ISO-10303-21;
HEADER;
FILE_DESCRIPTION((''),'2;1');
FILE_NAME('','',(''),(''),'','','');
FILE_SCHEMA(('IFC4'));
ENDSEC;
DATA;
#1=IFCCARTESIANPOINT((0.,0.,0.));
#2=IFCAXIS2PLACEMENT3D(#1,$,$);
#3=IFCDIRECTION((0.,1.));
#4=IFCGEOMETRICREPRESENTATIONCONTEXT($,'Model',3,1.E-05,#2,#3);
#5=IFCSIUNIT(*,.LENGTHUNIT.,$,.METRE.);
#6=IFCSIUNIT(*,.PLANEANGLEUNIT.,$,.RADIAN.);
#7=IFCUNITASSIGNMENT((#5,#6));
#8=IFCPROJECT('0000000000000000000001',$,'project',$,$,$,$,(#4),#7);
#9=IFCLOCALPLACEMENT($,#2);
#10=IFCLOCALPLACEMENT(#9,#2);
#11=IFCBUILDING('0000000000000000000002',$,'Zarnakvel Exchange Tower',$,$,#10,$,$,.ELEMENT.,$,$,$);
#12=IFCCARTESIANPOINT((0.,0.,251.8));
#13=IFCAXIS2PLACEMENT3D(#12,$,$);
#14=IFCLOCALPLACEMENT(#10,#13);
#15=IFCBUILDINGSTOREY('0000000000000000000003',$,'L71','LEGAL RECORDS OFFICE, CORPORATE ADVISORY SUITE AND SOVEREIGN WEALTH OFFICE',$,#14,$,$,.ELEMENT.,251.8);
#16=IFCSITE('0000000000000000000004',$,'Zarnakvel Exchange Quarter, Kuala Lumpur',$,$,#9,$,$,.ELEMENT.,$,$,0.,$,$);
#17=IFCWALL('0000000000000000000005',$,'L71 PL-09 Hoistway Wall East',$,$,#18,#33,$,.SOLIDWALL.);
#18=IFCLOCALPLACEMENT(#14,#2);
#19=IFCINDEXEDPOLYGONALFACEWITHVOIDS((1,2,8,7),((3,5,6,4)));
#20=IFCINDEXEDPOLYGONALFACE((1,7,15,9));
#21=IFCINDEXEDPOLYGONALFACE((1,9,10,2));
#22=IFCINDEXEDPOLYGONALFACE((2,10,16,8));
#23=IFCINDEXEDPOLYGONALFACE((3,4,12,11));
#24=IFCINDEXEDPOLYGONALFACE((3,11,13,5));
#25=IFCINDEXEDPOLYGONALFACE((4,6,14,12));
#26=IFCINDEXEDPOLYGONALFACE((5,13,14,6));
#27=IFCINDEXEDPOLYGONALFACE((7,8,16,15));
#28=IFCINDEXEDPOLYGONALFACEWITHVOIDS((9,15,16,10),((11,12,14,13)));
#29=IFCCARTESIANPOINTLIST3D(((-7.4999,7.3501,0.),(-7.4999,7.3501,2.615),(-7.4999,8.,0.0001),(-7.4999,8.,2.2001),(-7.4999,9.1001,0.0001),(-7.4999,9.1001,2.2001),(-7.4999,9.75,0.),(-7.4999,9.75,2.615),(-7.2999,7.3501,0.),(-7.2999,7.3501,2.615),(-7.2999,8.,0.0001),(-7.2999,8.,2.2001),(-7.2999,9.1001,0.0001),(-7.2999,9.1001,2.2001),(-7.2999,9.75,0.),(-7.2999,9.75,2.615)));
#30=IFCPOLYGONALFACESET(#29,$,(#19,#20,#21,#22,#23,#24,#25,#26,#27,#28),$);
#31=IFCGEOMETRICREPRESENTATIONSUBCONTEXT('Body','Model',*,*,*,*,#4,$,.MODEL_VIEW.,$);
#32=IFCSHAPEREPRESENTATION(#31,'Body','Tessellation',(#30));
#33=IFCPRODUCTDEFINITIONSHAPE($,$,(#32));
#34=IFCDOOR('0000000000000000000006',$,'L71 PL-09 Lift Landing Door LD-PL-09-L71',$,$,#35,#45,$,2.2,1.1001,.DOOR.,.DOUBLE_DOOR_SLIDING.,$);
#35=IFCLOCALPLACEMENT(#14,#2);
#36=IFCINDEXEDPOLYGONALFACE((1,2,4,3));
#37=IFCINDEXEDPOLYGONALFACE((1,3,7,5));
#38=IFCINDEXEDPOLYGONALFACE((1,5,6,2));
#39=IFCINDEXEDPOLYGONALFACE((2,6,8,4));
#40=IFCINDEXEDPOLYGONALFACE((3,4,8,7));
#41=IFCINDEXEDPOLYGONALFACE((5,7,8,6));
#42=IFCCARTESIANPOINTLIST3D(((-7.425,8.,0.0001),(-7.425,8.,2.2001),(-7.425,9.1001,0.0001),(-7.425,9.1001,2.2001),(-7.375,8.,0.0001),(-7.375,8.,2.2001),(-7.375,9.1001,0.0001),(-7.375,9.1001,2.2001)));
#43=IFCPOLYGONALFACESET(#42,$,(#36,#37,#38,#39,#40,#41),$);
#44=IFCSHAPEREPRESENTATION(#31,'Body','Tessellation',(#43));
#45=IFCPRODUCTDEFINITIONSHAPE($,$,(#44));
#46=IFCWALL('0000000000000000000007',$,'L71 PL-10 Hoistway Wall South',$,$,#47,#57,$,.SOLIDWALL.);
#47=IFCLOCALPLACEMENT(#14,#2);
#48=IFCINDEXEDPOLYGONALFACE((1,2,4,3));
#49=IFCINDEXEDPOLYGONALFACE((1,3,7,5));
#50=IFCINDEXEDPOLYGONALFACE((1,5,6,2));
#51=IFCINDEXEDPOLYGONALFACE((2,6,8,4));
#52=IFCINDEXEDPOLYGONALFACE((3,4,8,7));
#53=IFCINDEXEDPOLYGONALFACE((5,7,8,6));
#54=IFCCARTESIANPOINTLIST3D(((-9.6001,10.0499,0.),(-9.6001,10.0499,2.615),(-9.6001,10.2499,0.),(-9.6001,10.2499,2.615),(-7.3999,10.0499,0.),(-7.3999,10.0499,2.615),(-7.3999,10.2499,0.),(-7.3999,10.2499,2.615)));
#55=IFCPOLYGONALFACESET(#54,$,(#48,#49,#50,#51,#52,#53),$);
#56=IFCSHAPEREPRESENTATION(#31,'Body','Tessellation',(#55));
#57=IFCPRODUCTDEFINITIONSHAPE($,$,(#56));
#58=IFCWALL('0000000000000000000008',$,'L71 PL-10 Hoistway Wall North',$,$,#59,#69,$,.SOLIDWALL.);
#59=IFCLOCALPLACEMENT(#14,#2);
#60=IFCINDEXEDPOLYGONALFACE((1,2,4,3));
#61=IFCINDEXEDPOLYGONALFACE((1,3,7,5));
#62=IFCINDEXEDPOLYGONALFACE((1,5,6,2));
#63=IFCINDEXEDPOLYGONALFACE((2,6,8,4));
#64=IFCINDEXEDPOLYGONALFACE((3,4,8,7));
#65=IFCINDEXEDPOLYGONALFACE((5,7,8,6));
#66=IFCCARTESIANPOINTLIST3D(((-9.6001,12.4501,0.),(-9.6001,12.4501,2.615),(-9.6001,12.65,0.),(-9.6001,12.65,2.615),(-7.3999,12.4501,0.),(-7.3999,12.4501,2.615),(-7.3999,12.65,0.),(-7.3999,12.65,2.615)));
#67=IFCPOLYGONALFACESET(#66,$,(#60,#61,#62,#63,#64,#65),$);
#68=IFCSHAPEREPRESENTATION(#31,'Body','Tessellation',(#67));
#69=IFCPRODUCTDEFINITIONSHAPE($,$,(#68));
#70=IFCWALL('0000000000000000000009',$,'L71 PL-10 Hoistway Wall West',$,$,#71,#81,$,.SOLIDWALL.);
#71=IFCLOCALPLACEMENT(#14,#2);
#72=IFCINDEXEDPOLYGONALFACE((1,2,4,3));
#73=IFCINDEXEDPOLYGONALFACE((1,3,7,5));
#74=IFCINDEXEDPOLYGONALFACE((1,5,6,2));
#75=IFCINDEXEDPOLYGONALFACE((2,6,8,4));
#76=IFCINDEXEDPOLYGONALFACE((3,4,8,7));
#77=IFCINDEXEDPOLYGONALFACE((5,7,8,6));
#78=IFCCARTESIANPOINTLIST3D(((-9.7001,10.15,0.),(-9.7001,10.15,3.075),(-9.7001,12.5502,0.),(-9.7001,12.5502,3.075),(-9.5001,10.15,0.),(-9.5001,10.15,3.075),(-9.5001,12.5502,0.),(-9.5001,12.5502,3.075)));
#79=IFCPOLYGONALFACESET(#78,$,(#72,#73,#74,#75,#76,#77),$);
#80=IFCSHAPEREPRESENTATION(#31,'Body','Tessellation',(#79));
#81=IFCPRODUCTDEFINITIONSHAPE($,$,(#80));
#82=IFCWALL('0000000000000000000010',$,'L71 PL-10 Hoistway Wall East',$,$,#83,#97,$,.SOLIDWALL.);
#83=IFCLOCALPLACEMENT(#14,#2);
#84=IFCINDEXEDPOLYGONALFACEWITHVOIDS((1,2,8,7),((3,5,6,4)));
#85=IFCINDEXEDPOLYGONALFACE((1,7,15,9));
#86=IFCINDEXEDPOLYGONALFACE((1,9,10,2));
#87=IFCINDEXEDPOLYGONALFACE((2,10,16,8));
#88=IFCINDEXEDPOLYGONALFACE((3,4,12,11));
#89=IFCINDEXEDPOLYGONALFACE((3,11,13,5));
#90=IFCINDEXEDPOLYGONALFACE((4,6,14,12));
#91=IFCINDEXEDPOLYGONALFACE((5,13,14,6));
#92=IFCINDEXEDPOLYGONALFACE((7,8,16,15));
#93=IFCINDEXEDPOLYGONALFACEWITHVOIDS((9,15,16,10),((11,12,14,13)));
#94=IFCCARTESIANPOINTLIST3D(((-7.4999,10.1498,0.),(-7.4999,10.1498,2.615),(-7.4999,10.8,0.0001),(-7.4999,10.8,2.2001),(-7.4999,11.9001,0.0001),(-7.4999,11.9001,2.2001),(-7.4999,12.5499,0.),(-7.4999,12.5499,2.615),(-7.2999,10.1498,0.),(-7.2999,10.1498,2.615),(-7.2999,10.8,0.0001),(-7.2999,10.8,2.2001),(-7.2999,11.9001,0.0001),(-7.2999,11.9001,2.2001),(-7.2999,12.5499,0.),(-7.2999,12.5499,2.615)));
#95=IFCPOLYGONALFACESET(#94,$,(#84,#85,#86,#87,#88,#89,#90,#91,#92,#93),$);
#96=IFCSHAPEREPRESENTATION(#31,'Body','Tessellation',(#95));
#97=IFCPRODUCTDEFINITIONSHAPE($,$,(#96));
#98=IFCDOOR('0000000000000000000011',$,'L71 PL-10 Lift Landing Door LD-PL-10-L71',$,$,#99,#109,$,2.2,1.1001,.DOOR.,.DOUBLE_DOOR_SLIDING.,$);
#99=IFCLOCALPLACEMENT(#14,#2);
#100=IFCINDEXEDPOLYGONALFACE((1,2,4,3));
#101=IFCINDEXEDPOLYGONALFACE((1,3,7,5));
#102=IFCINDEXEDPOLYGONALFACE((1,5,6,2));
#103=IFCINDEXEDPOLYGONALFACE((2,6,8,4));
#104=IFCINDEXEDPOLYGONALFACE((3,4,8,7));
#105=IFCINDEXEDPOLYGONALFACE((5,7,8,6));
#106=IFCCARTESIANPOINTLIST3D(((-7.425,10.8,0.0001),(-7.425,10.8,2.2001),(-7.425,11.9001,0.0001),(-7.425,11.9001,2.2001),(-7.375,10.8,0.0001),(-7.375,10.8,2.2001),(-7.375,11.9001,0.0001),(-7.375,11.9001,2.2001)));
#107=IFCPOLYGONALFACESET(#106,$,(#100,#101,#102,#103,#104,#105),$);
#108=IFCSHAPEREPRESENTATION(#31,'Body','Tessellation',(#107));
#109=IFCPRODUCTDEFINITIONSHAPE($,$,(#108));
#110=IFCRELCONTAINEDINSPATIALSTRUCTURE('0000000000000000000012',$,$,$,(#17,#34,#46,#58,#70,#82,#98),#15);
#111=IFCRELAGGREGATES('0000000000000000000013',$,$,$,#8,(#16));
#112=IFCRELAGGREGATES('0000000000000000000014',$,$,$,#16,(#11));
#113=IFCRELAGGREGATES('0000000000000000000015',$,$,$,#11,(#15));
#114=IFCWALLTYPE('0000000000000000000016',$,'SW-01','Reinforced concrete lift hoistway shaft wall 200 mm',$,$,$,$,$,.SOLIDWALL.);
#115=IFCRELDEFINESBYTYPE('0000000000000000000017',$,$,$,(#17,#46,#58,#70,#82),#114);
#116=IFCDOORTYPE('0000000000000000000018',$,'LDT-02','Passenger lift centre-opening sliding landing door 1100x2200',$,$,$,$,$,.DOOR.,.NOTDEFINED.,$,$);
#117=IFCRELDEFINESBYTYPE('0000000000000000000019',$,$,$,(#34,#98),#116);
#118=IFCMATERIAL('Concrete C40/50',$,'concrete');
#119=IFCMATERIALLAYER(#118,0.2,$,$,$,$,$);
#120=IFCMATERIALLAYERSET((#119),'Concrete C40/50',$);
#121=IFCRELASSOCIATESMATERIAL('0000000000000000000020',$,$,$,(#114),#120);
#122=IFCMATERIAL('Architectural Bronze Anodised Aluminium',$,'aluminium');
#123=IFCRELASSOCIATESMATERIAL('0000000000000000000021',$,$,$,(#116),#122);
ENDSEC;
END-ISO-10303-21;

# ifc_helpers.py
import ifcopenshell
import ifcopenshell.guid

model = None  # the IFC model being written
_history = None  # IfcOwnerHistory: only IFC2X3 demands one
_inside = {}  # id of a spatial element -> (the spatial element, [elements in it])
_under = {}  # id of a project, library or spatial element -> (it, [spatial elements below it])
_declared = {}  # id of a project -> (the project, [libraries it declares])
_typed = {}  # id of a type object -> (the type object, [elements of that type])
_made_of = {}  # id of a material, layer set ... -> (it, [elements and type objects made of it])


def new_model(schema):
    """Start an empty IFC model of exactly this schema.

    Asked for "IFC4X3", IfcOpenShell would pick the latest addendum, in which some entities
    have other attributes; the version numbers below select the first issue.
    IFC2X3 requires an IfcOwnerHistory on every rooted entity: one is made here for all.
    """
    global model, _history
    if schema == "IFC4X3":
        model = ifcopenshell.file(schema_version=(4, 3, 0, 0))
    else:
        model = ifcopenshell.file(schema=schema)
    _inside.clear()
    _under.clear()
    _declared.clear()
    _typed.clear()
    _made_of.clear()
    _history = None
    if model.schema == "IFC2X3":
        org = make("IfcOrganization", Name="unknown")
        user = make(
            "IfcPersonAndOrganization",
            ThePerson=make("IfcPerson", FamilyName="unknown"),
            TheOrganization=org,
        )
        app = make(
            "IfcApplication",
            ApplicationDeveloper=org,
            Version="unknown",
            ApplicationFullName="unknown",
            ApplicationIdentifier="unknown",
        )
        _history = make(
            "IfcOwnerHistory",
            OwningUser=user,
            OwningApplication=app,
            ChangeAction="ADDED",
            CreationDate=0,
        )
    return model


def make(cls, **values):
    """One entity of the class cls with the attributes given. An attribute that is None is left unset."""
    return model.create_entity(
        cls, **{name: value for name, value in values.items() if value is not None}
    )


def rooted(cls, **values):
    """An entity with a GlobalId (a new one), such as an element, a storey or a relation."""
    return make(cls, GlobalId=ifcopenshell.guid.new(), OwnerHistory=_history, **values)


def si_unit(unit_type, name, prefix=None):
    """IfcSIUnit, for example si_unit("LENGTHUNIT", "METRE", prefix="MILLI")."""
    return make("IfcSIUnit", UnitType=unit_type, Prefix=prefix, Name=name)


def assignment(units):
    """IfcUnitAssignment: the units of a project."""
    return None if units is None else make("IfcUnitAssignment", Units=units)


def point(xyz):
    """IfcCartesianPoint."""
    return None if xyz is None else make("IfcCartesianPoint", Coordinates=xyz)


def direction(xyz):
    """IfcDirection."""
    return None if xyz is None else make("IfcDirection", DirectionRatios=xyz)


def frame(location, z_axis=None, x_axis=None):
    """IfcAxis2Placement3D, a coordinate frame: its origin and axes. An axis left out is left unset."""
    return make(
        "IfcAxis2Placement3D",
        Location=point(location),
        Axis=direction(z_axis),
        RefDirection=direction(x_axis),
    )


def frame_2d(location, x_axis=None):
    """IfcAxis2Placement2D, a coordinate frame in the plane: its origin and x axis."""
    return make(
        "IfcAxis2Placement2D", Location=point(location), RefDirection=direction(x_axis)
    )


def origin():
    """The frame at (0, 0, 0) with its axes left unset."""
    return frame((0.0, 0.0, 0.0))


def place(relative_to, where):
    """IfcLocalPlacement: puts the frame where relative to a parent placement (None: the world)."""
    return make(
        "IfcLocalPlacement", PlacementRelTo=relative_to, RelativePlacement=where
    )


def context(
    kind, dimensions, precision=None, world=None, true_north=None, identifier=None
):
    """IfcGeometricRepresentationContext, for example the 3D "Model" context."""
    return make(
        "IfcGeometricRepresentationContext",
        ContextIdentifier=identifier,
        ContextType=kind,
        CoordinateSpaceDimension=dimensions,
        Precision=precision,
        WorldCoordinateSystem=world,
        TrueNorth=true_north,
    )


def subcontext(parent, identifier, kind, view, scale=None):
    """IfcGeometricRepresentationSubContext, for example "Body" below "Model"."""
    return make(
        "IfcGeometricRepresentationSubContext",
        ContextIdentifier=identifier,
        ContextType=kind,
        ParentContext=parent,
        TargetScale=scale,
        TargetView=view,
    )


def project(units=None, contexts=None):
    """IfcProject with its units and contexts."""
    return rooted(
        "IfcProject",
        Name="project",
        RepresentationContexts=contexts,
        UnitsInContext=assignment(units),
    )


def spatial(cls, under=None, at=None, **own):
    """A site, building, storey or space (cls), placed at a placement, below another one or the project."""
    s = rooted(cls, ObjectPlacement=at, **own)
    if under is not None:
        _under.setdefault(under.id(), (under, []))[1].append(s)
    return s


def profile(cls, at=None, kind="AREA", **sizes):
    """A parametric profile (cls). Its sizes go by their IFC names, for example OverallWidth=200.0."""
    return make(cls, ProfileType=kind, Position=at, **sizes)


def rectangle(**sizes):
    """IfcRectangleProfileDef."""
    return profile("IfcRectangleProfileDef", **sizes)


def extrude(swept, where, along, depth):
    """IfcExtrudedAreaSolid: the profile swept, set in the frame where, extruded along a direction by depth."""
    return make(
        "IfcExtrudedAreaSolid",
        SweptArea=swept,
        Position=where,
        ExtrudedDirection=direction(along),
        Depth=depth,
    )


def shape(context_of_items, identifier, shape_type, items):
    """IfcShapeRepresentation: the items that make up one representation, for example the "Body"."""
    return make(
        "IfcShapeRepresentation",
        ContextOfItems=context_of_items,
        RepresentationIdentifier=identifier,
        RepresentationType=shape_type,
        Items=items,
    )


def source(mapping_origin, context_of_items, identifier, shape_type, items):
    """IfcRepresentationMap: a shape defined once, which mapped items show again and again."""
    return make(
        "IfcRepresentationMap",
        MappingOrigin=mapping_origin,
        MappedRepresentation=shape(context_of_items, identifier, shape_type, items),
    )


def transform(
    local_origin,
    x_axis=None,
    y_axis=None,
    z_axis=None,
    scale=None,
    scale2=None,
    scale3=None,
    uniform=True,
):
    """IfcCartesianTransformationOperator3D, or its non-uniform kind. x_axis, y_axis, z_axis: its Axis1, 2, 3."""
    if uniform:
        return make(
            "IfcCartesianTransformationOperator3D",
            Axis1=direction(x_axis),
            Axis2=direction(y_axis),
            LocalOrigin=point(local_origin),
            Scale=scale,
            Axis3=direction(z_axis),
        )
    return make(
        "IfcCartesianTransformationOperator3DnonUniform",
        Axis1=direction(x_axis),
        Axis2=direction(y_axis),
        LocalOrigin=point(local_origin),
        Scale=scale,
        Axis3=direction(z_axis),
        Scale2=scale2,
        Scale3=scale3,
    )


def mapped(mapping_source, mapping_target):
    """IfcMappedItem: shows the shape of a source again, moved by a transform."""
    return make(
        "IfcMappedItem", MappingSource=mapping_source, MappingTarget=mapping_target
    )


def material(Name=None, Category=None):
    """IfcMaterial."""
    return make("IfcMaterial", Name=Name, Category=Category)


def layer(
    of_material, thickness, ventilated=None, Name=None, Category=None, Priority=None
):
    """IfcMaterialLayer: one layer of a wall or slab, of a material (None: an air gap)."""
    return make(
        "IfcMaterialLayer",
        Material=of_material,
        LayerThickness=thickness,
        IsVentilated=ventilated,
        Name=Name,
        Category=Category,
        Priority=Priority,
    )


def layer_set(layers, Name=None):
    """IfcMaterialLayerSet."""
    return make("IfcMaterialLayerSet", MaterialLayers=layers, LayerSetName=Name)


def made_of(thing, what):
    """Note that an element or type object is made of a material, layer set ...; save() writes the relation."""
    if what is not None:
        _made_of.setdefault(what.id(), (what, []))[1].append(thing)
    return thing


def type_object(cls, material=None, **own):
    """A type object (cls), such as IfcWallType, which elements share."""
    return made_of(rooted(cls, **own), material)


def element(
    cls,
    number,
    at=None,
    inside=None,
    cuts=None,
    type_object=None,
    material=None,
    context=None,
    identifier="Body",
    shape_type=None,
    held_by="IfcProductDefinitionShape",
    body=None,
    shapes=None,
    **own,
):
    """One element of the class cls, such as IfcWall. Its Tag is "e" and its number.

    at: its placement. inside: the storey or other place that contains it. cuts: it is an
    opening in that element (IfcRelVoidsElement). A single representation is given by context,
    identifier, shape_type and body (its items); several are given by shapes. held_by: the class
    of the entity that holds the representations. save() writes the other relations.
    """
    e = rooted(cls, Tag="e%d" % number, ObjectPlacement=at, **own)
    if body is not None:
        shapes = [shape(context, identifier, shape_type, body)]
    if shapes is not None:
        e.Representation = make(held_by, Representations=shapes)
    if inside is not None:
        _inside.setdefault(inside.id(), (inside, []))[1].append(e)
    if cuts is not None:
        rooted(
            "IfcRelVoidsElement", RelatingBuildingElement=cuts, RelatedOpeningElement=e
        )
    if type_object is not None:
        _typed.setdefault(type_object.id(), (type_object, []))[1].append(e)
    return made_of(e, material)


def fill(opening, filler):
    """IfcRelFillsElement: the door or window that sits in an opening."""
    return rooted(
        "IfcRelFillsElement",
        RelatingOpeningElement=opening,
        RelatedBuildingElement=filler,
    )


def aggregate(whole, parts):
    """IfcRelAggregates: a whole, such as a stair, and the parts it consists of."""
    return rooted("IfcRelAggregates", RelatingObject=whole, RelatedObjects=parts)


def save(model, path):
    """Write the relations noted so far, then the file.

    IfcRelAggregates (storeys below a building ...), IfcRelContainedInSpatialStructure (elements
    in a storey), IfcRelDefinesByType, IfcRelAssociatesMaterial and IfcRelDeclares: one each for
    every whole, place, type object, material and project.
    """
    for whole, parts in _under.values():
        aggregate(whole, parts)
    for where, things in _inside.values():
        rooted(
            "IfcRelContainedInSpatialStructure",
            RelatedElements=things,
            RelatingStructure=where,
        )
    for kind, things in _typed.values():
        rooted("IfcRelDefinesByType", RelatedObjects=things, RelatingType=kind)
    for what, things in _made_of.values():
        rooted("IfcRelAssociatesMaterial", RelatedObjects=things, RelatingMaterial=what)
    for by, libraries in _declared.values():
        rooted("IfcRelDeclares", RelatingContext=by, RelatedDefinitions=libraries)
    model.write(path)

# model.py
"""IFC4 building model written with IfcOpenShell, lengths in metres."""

from ifc_helpers import new_model, si_unit, direction, frame, frame_2d, origin, place, context, subcontext, project, spatial, rectangle, extrude, source, transform, mapped, material, layer, layer_set, type_object, element, fill, save


model = new_model("IFC4")

# Units and contexts
model_context = context("Model", 3, precision=1e-05, world=origin(), true_north=direction((0.0, 1.0)))
body_context = subcontext(model_context, "Body", "Model", "MODEL_VIEW")
ifc_project = project(units=[si_unit("LENGTHUNIT", "METRE"), si_unit("PLANEANGLEUNIT", "RADIAN")], contexts=[model_context])

# Site, building, storey
site_placement = place(None, origin())
site = spatial("IfcSite", under=ifc_project, at=site_placement, Name="Zarnakvel Exchange Quarter, Kuala Lumpur", CompositionType="ELEMENT", RefElevation=0.0)
building_placement = place(site_placement, origin())
building = spatial("IfcBuilding", under=site, at=building_placement, Name="Zarnakvel Exchange Tower", CompositionType="ELEMENT")
storey_placement = place(building_placement, frame((0.0, 0.0, 251.8)))
storey = spatial("IfcBuildingStorey", under=building, at=storey_placement, Name="L71", Description="LEGAL RECORDS OFFICE, CORPORATE ADVISORY SUITE AND SOVEREIGN WEALTH OFFICE", CompositionType="ELEMENT", Elevation=251.8)

# Shared definitions
ifc_material_1 = material(Name="Architectural Bronze Anodised Aluminium", Category="aluminium")

# Shared definitions
ifc_material_2 = material(Name="Concrete C40/50", Category="concrete")
ifc_layer_1 = layer(ifc_material_2, 0.2)
ifc_layer_set_1 = layer_set([ifc_layer_1], Name="Concrete C40/50")
wall_type_1 = type_object("IfcWallType", Name="SW-01", Description="Reinforced concrete lift hoistway shaft wall 200 mm", PredefinedType="SOLIDWALL", material=ifc_layer_set_1)

# Wall, opening, door
wall_1_placement = place(storey_placement, frame((-7.3999, 9.75, 0.0), z_axis=(0.0, 0.0, 1.0), x_axis=(0.0, -1.0, 0.0)))
wall_1 = element("IfcWall", 1, at=wall_1_placement, inside=storey, type_object=wall_type_1, Name="L71 PL-09 Hoistway Wall East", PredefinedType="SOLIDWALL", context=body_context, shape_type="SweptSolid", body=[
    extrude(rectangle(XDim=2.3999, YDim=0.2, at=frame_2d((1.2, 0.0))), origin(), (0.0, 0.0, 1.0), 2.615),
])
opening_1_placement = place(wall_1_placement, frame((0.6499, 0.0, 0.0)))
opening_1 = element("IfcOpeningElement", 2, at=opening_1_placement, cuts=wall_1, PredefinedType="OPENING", context=body_context, shape_type="SweptSolid", body=[
    extrude(rectangle(XDim=1.1001, YDim=2.2, at=frame_2d((0.55, 1.1001))), frame((0.0, 0.1099, 0.0), z_axis=(0.0, -1.0, 0.0), x_axis=(1.0, 0.0, 0.0)), (0.0, 0.0, 1.0), 0.22),
])
door_type = type_object("IfcDoorType", Name="LDT-02", Description="Passenger lift centre-opening sliding landing door 1100x2200", OperationType="NOTDEFINED", PredefinedType="DOOR", material=ifc_material_1)
shared_shape_1 = source(origin(), body_context, "Body", "SweptSolid", [
    extrude(rectangle(XDim=1.1001, YDim=2.2, at=frame_2d((0.55, 1.1001))), frame((0.0, 0.0249, 0.0), z_axis=(0.0, -1.0, 0.0), x_axis=(1.0, 0.0, 0.0)), (0.0, 0.0, 1.0), 0.05),
])
door_1_placement = place(opening_1_placement, origin())
door_1 = element("IfcDoor", 3, at=door_1_placement, inside=storey, type_object=door_type, Name="L71 PL-09 Lift Landing Door LD-PL-09-L71", OperationType="DOUBLE_DOOR_SLIDING", OverallHeight=2.2, OverallWidth=1.1001, PredefinedType="DOOR", context=body_context, shape_type="MappedRepresentation", body=[
    mapped(shared_shape_1, transform((0.0, 0.0, 0.0), x_axis=(1.0, 0.0, 0.0), y_axis=(0.0, 1.0, 0.0), z_axis=(0.0, 0.0, 1.0), scale=1.0)),
])
fill(opening_1, door_1)

# Walls
for number, where, z_axis, x_axis, name in (
    (4, (-7.3999, 10.1499, 0.0), (0.0, 0.0, 1.0), (-1.0, 0.0, 0.0), "L71 PL-10 Hoistway Wall South"),
    (5, (-9.6001, 12.55, 0.0), (0.0, 0.0, 1.0), (1.0, 0.0, 0.0), "L71 PL-10 Hoistway Wall North"),
):
    element("IfcWall", number, at=place(storey_placement, frame(where, z_axis=z_axis, x_axis=x_axis)), inside=storey, type_object=wall_type_1, Name=name, PredefinedType="SOLIDWALL", context=body_context, shape_type="SweptSolid", body=[
        extrude(rectangle(XDim=2.2002, YDim=0.2, at=frame_2d((1.1001, 0.0))), origin(), (0.0, 0.0, 1.0), 2.615),
    ])
wall_2_placement = place(storey_placement, frame((-9.6001, 10.1499, 0.0), z_axis=(0.0, 0.0, 1.0), x_axis=(0.0, 1.0, 0.0)))
element("IfcWall", 6, at=wall_2_placement, inside=storey, type_object=wall_type_1, Name="L71 PL-10 Hoistway Wall West", PredefinedType="SOLIDWALL", context=body_context, shape_type="SweptSolid", body=[
    extrude(rectangle(XDim=2.4001, YDim=0.2, at=frame_2d((1.2002, 0.0))), origin(), (0.0, 0.0, 1.0), 3.075),
])

# Wall, opening, door
wall_3_placement = place(storey_placement, frame((-7.3999, 12.55, 0.0), z_axis=(0.0, 0.0, 1.0), x_axis=(0.0, -1.0, 0.0)))
wall_3 = element("IfcWall", 7, at=wall_3_placement, inside=storey, type_object=wall_type_1, Name="L71 PL-10 Hoistway Wall East", PredefinedType="SOLIDWALL", context=body_context, shape_type="SweptSolid", body=[
    extrude(rectangle(XDim=2.4001, YDim=0.2, at=frame_2d((1.2002, 0.0))), origin(), (0.0, 0.0, 1.0), 2.615),
])
opening_2_placement = place(wall_3_placement, frame((0.6499, 0.0, 0.0)))
opening_2 = element("IfcOpeningElement", 8, at=opening_2_placement, cuts=wall_3, PredefinedType="OPENING", context=body_context, shape_type="SweptSolid", body=[
    extrude(rectangle(XDim=1.1001, YDim=2.2, at=frame_2d((0.55, 1.1001))), frame((0.0, 0.1099, 0.0), z_axis=(0.0, -1.0, 0.0), x_axis=(1.0, 0.0, 0.0)), (0.0, 0.0, 1.0), 0.22),
])
door_2_placement = place(opening_2_placement, origin())
door_2 = element("IfcDoor", 9, at=door_2_placement, inside=storey, type_object=door_type, Name="L71 PL-10 Lift Landing Door LD-PL-10-L71", OperationType="DOUBLE_DOOR_SLIDING", OverallHeight=2.2, OverallWidth=1.1001, PredefinedType="DOOR", context=body_context, shape_type="MappedRepresentation", body=[
    mapped(shared_shape_1, transform((0.0, 0.0, 0.0), x_axis=(1.0, 0.0, 0.0), y_axis=(0.0, 1.0, 0.0), z_axis=(0.0, 0.0, 1.0), scale=1.0)),
])
fill(opening_2, door_2)

save(model, "model.ifc")
